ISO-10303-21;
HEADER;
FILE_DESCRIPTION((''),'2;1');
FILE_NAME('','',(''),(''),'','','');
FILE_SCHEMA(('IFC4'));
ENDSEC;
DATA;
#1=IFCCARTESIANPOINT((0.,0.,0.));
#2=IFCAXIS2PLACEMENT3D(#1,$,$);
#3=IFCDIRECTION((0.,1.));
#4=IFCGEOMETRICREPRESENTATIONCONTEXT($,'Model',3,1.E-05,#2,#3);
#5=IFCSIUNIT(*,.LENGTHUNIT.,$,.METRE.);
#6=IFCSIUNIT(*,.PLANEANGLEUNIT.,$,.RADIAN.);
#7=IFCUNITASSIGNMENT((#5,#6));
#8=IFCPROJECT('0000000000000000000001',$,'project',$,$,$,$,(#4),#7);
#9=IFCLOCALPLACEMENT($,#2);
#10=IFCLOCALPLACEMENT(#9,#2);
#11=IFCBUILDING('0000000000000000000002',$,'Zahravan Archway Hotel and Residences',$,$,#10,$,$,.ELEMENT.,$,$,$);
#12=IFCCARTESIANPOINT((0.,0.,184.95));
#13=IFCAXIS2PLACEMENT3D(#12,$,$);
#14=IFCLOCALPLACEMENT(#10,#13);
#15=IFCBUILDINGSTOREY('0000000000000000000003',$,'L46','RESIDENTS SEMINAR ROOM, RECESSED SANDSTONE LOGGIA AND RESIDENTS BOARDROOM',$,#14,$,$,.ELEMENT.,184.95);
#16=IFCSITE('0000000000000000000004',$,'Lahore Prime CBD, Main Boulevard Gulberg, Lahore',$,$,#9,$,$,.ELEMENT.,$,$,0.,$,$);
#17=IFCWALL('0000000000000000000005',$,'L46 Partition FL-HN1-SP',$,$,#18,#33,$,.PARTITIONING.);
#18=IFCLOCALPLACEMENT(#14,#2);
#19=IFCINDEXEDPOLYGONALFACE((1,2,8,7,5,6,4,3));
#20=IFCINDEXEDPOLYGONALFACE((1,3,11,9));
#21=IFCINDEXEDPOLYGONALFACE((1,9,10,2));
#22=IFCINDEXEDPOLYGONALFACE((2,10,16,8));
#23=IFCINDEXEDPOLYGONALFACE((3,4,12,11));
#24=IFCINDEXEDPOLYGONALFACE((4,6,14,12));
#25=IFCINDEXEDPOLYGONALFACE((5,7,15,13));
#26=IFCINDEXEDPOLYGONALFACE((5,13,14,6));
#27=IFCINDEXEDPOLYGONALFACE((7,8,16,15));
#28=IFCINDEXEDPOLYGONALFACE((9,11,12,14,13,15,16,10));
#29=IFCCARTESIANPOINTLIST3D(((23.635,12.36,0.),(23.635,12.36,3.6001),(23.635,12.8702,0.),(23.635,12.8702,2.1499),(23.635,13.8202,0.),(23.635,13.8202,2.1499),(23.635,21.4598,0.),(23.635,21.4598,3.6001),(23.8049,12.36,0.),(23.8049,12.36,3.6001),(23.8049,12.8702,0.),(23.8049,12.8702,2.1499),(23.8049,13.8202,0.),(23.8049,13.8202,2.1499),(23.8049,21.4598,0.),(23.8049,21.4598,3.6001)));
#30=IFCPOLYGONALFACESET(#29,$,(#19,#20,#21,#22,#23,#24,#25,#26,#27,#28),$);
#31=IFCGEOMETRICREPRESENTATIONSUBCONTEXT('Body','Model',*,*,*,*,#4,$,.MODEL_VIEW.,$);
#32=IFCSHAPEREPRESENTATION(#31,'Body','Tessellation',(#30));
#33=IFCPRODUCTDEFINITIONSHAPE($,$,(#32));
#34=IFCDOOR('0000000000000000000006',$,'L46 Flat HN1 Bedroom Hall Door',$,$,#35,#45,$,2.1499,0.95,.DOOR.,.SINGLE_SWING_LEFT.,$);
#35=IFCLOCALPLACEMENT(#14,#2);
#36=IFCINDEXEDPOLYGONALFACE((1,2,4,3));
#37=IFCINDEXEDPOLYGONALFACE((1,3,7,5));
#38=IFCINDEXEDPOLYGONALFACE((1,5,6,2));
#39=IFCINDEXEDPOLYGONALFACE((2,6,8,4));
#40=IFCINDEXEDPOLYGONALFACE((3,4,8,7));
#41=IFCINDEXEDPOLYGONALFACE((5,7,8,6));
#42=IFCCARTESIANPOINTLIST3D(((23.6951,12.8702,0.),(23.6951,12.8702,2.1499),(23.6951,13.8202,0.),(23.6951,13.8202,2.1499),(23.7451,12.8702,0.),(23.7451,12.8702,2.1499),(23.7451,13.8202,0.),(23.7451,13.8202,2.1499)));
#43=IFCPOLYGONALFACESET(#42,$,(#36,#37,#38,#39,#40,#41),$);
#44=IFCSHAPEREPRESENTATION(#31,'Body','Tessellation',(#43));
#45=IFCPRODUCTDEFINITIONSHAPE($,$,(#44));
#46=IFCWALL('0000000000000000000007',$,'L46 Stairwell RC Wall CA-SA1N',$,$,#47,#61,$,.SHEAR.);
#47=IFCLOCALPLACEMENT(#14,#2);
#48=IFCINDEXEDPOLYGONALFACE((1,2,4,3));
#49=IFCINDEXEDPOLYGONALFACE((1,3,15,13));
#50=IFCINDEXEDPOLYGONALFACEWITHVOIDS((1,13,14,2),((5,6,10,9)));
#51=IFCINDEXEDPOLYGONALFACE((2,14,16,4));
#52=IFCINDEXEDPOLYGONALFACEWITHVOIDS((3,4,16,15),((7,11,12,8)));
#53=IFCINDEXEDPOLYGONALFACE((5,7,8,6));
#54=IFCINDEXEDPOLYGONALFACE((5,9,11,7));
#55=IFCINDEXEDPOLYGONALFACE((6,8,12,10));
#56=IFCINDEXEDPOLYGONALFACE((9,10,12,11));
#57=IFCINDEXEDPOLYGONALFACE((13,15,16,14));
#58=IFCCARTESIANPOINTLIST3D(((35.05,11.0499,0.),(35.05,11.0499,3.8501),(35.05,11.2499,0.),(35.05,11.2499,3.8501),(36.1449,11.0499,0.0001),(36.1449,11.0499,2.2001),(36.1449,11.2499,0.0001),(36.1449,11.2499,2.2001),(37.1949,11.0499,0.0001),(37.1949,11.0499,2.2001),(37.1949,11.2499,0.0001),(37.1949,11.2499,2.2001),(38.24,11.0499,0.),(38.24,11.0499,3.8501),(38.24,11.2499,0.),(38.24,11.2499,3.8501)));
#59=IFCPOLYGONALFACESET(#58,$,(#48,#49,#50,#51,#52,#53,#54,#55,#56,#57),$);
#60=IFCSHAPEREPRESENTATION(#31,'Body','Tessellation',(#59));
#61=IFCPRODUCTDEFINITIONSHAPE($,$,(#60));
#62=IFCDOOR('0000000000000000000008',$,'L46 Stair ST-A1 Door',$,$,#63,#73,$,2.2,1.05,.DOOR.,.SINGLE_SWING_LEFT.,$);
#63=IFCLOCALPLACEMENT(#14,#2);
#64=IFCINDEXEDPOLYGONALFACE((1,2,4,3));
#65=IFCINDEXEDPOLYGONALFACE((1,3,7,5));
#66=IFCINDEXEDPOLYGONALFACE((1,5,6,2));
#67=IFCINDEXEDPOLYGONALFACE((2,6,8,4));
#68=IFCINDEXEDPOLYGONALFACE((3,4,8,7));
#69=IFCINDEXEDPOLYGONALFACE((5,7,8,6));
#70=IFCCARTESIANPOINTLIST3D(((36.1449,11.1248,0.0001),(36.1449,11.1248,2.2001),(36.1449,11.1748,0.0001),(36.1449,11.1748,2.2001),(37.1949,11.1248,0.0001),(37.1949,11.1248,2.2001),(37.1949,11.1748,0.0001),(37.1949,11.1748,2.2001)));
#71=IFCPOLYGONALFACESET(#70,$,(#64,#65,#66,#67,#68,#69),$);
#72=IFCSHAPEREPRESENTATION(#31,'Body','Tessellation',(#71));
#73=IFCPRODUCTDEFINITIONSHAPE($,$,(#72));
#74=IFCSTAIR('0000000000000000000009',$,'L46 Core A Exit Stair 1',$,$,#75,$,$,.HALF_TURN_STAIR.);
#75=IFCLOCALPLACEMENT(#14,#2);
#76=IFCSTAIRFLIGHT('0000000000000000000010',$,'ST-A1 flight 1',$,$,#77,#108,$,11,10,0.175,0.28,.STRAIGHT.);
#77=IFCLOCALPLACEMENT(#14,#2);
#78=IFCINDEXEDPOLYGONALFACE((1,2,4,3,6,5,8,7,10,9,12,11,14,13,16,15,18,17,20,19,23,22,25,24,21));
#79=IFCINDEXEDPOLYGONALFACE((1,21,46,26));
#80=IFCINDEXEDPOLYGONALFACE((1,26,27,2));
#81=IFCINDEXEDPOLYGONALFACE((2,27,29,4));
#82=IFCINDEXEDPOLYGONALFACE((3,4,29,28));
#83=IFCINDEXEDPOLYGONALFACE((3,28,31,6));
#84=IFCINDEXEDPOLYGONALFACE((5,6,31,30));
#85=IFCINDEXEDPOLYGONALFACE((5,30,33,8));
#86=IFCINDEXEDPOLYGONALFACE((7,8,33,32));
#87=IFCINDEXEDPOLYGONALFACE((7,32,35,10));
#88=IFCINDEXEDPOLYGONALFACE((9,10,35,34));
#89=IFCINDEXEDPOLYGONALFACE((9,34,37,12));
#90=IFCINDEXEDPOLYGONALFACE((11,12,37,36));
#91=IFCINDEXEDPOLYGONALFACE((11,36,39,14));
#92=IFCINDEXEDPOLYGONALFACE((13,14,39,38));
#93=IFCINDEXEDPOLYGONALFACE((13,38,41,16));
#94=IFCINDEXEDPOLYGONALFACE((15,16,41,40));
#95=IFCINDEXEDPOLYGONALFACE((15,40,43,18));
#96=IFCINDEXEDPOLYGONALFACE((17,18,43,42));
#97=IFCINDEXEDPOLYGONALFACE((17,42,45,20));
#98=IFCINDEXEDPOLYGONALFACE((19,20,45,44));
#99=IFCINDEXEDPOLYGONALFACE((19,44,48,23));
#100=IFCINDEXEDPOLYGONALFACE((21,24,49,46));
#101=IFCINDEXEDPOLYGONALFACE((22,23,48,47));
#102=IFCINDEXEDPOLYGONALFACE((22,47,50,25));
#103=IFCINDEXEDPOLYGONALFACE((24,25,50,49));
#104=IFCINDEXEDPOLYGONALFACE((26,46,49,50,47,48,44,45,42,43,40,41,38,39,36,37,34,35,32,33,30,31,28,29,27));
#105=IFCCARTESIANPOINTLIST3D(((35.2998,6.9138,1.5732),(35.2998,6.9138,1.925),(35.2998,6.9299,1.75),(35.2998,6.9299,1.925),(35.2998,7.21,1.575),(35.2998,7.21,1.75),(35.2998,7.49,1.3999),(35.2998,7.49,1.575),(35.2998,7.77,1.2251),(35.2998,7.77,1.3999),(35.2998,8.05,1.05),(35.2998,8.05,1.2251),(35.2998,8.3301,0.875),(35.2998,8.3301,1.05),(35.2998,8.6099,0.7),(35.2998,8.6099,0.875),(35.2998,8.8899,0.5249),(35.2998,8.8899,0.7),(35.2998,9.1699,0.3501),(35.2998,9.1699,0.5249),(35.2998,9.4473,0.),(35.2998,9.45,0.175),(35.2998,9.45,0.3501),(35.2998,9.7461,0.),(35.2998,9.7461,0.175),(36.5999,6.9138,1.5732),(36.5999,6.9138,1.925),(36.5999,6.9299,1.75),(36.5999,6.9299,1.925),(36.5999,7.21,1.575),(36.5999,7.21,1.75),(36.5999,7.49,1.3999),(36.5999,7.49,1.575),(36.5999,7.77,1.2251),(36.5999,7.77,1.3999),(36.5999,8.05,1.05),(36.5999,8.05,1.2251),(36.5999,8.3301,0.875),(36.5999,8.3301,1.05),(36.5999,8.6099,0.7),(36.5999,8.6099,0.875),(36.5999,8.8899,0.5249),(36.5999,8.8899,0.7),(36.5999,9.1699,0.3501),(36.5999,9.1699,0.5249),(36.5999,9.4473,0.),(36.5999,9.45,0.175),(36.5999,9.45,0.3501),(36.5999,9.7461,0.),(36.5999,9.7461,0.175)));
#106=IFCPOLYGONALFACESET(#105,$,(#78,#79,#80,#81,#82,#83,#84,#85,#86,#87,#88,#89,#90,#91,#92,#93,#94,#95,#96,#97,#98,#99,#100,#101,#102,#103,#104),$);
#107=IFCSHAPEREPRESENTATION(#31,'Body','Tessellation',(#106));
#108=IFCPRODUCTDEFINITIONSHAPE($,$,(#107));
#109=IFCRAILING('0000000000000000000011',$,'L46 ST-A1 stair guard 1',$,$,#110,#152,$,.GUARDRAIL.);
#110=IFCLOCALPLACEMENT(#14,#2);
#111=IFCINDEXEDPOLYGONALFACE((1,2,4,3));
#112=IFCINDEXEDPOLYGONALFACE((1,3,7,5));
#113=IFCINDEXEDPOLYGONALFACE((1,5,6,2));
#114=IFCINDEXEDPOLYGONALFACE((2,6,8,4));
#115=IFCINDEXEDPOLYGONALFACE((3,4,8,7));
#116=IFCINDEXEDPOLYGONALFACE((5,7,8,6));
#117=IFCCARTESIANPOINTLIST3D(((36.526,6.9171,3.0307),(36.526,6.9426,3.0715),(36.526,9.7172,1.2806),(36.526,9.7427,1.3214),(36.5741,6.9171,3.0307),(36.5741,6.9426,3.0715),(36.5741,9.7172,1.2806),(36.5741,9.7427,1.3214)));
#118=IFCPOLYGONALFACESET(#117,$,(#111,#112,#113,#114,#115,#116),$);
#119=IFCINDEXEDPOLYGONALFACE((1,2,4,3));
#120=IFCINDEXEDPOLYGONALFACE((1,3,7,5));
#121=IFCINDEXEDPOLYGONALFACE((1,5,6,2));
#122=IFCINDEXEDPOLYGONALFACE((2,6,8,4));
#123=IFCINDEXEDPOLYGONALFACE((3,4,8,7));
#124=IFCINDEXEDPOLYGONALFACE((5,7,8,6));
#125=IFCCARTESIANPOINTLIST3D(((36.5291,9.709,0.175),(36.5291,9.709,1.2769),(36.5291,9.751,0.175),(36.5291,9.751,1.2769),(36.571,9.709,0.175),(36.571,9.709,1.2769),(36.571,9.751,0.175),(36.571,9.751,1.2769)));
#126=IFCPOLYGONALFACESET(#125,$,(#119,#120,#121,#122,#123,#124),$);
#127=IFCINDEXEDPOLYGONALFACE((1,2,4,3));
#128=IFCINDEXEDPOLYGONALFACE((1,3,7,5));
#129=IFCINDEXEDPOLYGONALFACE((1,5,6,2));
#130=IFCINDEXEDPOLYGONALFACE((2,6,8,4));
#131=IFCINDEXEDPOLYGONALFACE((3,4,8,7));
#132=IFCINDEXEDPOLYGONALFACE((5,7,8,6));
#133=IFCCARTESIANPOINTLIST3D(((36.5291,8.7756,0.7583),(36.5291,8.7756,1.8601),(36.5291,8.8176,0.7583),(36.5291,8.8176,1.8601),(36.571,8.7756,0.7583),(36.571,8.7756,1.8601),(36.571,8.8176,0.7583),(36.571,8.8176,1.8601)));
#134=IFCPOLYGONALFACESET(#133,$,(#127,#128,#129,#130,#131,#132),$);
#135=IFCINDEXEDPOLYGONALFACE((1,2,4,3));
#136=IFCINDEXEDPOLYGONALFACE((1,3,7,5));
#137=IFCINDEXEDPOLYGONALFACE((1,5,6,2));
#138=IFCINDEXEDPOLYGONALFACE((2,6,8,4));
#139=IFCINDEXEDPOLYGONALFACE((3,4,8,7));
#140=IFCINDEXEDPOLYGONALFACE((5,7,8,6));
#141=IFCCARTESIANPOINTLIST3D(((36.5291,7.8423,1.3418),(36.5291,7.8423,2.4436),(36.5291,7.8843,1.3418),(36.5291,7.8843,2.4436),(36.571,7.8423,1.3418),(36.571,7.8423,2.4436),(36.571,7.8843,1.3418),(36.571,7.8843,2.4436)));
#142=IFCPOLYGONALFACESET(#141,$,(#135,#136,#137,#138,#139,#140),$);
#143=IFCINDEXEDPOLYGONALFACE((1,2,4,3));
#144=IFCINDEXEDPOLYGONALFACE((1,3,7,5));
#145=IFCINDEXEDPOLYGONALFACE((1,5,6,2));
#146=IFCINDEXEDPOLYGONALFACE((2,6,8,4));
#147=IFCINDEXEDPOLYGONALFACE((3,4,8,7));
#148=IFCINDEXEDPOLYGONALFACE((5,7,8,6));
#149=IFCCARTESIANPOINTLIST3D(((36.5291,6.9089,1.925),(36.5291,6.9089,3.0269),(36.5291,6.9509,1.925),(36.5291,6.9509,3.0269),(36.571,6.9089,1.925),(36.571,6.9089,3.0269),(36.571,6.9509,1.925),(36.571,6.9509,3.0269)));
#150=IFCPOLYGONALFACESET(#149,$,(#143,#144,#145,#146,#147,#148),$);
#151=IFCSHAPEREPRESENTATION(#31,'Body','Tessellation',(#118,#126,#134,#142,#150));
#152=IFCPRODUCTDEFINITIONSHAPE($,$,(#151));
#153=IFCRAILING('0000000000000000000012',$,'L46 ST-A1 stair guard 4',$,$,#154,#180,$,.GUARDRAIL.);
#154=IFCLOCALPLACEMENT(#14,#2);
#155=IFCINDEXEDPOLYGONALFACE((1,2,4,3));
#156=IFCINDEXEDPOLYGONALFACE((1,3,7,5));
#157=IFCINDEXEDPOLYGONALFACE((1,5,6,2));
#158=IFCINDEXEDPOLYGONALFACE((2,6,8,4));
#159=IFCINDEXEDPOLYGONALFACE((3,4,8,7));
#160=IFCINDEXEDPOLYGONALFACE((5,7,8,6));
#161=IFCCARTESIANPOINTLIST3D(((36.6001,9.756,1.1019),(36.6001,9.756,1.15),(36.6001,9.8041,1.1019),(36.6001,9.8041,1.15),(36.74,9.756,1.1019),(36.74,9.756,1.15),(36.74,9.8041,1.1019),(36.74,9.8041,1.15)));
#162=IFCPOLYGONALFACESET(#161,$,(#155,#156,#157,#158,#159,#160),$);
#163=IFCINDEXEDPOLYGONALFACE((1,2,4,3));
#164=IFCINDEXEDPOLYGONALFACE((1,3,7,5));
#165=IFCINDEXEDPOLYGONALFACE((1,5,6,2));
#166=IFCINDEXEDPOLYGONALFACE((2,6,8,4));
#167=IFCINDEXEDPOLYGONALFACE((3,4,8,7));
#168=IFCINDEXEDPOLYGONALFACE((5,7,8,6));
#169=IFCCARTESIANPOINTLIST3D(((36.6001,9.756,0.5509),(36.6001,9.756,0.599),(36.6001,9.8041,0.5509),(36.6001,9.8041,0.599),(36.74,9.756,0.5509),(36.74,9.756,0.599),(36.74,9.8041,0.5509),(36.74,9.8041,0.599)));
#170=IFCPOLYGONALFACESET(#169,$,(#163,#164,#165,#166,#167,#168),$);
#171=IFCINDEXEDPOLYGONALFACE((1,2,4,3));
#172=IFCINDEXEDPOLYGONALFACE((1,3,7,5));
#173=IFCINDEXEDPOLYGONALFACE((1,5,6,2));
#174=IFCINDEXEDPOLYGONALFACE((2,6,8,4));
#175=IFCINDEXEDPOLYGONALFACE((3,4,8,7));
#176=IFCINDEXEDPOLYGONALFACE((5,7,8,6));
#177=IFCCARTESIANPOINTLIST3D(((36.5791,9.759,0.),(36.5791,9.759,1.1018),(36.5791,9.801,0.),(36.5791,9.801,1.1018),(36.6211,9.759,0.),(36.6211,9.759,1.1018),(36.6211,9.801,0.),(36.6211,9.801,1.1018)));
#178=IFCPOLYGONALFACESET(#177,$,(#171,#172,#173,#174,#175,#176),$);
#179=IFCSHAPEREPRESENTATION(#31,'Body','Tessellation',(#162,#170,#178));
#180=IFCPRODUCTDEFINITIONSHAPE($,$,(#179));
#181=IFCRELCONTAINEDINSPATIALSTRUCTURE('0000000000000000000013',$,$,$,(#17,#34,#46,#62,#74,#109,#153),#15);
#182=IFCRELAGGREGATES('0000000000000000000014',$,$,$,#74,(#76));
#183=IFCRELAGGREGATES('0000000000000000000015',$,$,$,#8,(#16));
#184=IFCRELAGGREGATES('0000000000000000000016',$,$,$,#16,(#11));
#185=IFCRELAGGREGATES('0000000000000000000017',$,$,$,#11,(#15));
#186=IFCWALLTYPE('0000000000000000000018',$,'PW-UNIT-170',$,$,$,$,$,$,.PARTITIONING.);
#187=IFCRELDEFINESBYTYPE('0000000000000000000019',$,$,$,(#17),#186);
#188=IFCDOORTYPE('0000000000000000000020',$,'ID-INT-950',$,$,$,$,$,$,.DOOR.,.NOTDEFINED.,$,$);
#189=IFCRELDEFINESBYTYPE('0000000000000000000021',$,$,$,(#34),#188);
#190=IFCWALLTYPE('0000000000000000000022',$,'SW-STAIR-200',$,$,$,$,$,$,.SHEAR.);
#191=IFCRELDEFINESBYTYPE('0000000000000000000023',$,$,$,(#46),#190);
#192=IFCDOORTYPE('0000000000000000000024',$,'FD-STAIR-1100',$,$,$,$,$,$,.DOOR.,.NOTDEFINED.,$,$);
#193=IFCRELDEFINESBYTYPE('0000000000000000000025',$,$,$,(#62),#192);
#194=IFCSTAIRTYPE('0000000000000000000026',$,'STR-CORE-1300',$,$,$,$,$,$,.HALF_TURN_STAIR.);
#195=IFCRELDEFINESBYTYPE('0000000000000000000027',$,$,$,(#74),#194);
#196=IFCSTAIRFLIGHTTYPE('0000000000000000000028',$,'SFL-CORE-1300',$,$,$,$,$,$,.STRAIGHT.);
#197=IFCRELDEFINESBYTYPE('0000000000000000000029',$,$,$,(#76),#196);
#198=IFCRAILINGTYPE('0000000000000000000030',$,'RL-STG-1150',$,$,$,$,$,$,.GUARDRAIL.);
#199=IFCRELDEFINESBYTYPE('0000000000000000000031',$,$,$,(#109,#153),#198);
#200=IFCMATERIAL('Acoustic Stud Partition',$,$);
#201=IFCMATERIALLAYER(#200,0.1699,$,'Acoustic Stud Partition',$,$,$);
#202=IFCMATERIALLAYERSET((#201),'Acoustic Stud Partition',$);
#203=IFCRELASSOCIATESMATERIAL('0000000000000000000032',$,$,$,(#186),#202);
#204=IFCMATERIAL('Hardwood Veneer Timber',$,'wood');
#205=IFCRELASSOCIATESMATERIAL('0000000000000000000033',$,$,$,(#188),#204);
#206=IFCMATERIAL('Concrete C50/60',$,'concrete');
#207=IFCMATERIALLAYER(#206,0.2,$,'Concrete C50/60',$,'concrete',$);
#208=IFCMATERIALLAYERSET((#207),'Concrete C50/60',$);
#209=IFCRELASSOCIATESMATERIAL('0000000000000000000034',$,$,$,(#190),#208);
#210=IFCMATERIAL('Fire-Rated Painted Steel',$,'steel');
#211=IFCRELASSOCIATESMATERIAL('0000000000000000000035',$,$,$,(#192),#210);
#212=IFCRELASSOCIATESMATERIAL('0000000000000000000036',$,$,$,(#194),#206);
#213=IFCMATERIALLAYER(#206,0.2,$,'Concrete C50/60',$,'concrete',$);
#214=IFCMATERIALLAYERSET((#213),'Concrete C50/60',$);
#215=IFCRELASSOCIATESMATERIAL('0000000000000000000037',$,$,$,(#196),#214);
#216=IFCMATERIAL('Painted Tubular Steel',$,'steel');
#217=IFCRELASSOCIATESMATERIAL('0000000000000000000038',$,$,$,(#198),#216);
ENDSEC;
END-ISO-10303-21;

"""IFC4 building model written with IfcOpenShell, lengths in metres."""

from ifc_helpers import new_model, si_unit, direction, frame, frame_2d, origin, origin_2d, place, context, subcontext, project, spatial, polyline, rectangle, outline, extrude, source, transform, mapped, material, layer, layer_set, type_object, type_shapes, element, fill, aggregate, save


model = new_model("IFC4")

# Units and contexts
model_context = context("Model", 3, precision=1e-05, world=origin(), true_north=direction((0.0, 1.0)))
body_context = subcontext(model_context, "Body", "Model", "MODEL_VIEW")
ifc_project = project(units=[si_unit("LENGTHUNIT", "METRE"), si_unit("PLANEANGLEUNIT", "RADIAN")], contexts=[model_context])

# Site, building, storey
site_placement = place(None, origin())
site = spatial("IfcSite", under=ifc_project, at=site_placement, Name="Lahore Prime CBD, Main Boulevard Gulberg, Lahore", CompositionType="ELEMENT", RefElevation=0.0)
building_placement = place(site_placement, origin())
building = spatial("IfcBuilding", under=site, at=building_placement, Name="Zahravan Archway Hotel and Residences", CompositionType="ELEMENT")
storey_placement = place(building_placement, frame((0.0, 0.0, 184.95)))
storey = spatial("IfcBuildingStorey", under=building, at=storey_placement, Name="L46", Description="RESIDENTS SEMINAR ROOM, RECESSED SANDSTONE LOGGIA AND RESIDENTS BOARDROOM", CompositionType="ELEMENT", Elevation=184.95)

# Walls, openings, doors
ifc_material_1 = material(Name="Acoustic Stud Partition")
ifc_layer_1 = layer(ifc_material_1, 0.1699, Name="Acoustic Stud Partition")
ifc_layer_set_1 = layer_set([ifc_layer_1], Name="Acoustic Stud Partition")
wall_type_1 = type_object("IfcWallType", Name="PW-UNIT-170", PredefinedType="PARTITIONING", material=ifc_layer_set_1)
wall_1_placement = place(storey_placement, frame((23.72, 12.3601, 0.0), z_axis=(0.0, 0.0, 1.0), x_axis=(0.0, 1.0, 0.0)))
wall_1 = element("IfcWall", 1, at=wall_1_placement, inside=storey, type_object=wall_type_1, Name="L46 Partition FL-HN1-SP", PredefinedType="PARTITIONING", context=body_context, shape_type="SweptSolid", body=[
    extrude(rectangle(XDim=9.0999, YDim=0.1699, at=frame_2d((4.5498, 0.0))), origin(), (0.0, 0.0, 1.0), 3.6001),
])
opening_1_placement = place(wall_1_placement, frame((0.51, 0.0, 0.0)))
opening_1 = element("IfcOpeningElement", 2, at=opening_1_placement, cuts=wall_1, PredefinedType="OPENING", context=body_context, shape_type="SweptSolid", body=[
    extrude(rectangle(XDim=0.95, YDim=2.1499, at=frame_2d((0.4751, 1.075))), frame((0.0, 0.095, 0.0), z_axis=(0.0, -1.0, 0.0), x_axis=(1.0, 0.0, 0.0)), (0.0, 0.0, 1.0), 0.1899),
])
ifc_material_2 = material(Name="Hardwood Veneer Timber", Category="wood")
door_type_1 = type_object("IfcDoorType", Name="ID-INT-950", OperationType="NOTDEFINED", PredefinedType="DOOR", material=ifc_material_2)
shared_shape_1 = source(origin(), body_context, "Body", "SweptSolid", [
    extrude(rectangle(XDim=0.95, YDim=2.1499, at=frame_2d((0.4751, 1.075))), frame((0.0, 0.0249, 0.0), z_axis=(0.0, -1.0, 0.0), x_axis=(1.0, 0.0, 0.0)), (0.0, 0.0, 1.0), 0.05),
])
type_shapes(door_type_1, [shared_shape_1])
door_1_placement = place(opening_1_placement, origin())
door_1 = element("IfcDoor", 3, at=door_1_placement, inside=storey, type_object=door_type_1, Name="L46 Flat HN1 Bedroom Hall Door", OperationType="SINGLE_SWING_LEFT", OverallHeight=2.1499, OverallWidth=0.95, PredefinedType="DOOR", context=body_context, shape_type="MappedRepresentation", body=[
    mapped(shared_shape_1, transform((0.0, 0.0, 0.0), scale=1.0)),
])
fill(opening_1, door_1)
ifc_material_3 = material(Name="Concrete C50/60", Category="concrete")
ifc_layer_2 = layer(ifc_material_3, 0.2, Name="Concrete C50/60", Category="concrete")
ifc_layer_set_2 = layer_set([ifc_layer_2], Name="Concrete C50/60")
wall_type_2 = type_object("IfcWallType", Name="SW-STAIR-200", PredefinedType="SHEAR", material=ifc_layer_set_2)
wall_2_placement = place(storey_placement, frame((35.05, 11.1499, 0.0), z_axis=(0.0, 0.0, 1.0), x_axis=(1.0, 0.0, 0.0)))
wall_2 = element("IfcWall", 4, at=wall_2_placement, inside=storey, type_object=wall_type_2, Name="L46 Stairwell RC Wall CA-SA1N", PredefinedType="SHEAR", context=body_context, shape_type="SweptSolid", body=[
    extrude(rectangle(XDim=3.1899, YDim=0.2, at=frame_2d((1.595, 0.0))), origin(), (0.0, 0.0, 1.0), 3.8501),
])
opening_2_placement = place(wall_2_placement, frame((1.095, 0.0, 0.0)))
opening_2 = element("IfcOpeningElement", 5, at=opening_2_placement, cuts=wall_2, PredefinedType="OPENING", context=body_context, shape_type="SweptSolid", body=[
    extrude(rectangle(XDim=1.05, YDim=2.2, at=frame_2d((0.5249, 1.1001))), frame((0.0, 0.1099, 0.0), z_axis=(0.0, -1.0, 0.0), x_axis=(1.0, 0.0, 0.0)), (0.0, 0.0, 1.0), 0.22),
])
ifc_material_4 = material(Name="Fire-Rated Painted Steel", Category="steel")
door_type_2 = type_object("IfcDoorType", Name="FD-STAIR-1100", OperationType="NOTDEFINED", PredefinedType="DOOR", material=ifc_material_4)
shared_shape_2 = source(origin(), body_context, "Body", "SweptSolid", [
    extrude(rectangle(XDim=1.05, YDim=2.2, at=frame_2d((0.5249, 1.1001))), frame((0.0, 0.0249, 0.0), z_axis=(0.0, -1.0, 0.0), x_axis=(1.0, 0.0, 0.0)), (0.0, 0.0, 1.0), 0.05),
])
type_shapes(door_type_2, [shared_shape_2])
door_2_placement = place(opening_2_placement, origin())
door_2 = element("IfcDoor", 6, at=door_2_placement, inside=storey, type_object=door_type_2, Name="L46 Stair ST-A1 Door", OperationType="SINGLE_SWING_LEFT", OverallHeight=2.2, OverallWidth=1.05, PredefinedType="DOOR", context=body_context, shape_type="MappedRepresentation", body=[
    mapped(shared_shape_2, transform((0.0, 0.0, 0.0), scale=1.0)),
])
fill(opening_2, door_2)

# Stair, stair flight
stair_type = type_object("IfcStairType", Name="STR-CORE-1300", PredefinedType="HALF_TURN_STAIR", material=ifc_material_3)
stair_placement = place(storey_placement, origin())
stair = element("IfcStair", 7, at=stair_placement, inside=storey, type_object=stair_type, Name="L46 Core A Exit Stair 1", PredefinedType="HALF_TURN_STAIR")
ifc_layer_3 = layer(ifc_material_3, 0.2, Name="Concrete C50/60", Category="concrete")
ifc_layer_set_3 = layer_set([ifc_layer_3], Name="Concrete C50/60")
stair_flight_type = type_object("IfcStairFlightType", Name="SFL-CORE-1300", PredefinedType="STRAIGHT", material=ifc_layer_set_3)
shared_shape_3 = source(origin(), body_context, "Body", "SweptSolid", [
    extrude(outline(polyline([(-0.0161, 0.0), (-0.0161, 0.175), (0.28, 0.175), (0.28, 0.3501), (0.5601, 0.3501), (0.5601, 0.5249), (0.8401, 0.5249), (0.8401, 0.7), (1.1201, 0.7), (1.1201, 0.875), (1.3999, 0.875), (1.3999, 1.05), (1.6799, 1.05), (1.6799, 1.2251), (1.96, 1.2251), (1.96, 1.3999), (2.24, 1.3999), (2.24, 1.575), (2.52, 1.575), (2.52, 1.75), (2.8, 1.75), (2.8, 1.925), (2.8162, 1.925), (2.8162, 1.5732), (0.2827, 0.0), (-0.0161, 0.0)])), frame((0.0, 0.6499, 0.0), z_axis=(0.0, -1.0, 0.0), x_axis=(1.0, 0.0, 0.0)), (0.0, 0.0, 1.0), 1.3),
])
stair_flight_placement = place(storey_placement, frame((35.95, 9.73, 0.0), z_axis=(0.0, 0.0, 1.0), x_axis=(0.0, -1.0, 0.0)))
stair_flight = element("IfcStairFlight", 8, at=stair_flight_placement, type_object=stair_flight_type, Name="ST-A1 flight 1", NumberOfRisers=11, NumberOfTreads=10, PredefinedType="STRAIGHT", RiserHeight=0.175, TreadLength=0.28, context=body_context, shape_type="MappedRepresentation", body=[
    mapped(shared_shape_3, transform((0.0, 0.0, 0.0), scale=1.0)),
])
aggregate(stair, [stair_flight])

# Railings
ifc_material_5 = material(Name="Painted Tubular Steel", Category="steel")
railing_type_1 = type_object("IfcRailingType", Name="RL-STG-1150", PredefinedType="GUARDRAIL", material=ifc_material_5)
railing_1_placement = place(storey_placement, frame((36.55, 9.73, 0.175)))
element("IfcRailing", 9, at=railing_1_placement, inside=storey, type_object=railing_type_1, Name="L46 ST-A1 stair guard 1", PredefinedType="GUARDRAIL", context=body_context, shape_type="SweptSolid", body=[
    extrude(rectangle(XDim=0.0481, YDim=0.0481, at=origin_2d()), frame((0.0, 0.0, 1.126), z_axis=(0.0, -0.848002, 0.529992), x_axis=(1.0, 0.0, 0.0)), (0.0, 0.0, 1.0), 3.302),
    extrude(rectangle(XDim=0.042, YDim=0.042, at=origin_2d()), origin(), (0.0, 0.0, 1.0), 1.1018),
    extrude(rectangle(XDim=0.042, YDim=0.042, at=origin_2d()), frame((0.0, -0.9333, 0.5833)), (0.0, 0.0, 1.0), 1.1018),
    extrude(rectangle(XDim=0.042, YDim=0.042, at=origin_2d()), frame((0.0, -1.8667, 1.1667)), (0.0, 0.0, 1.0), 1.1018),
    extrude(rectangle(XDim=0.042, YDim=0.042, at=origin_2d()), frame((0.0, -2.8, 1.75)), (0.0, 0.0, 1.0), 1.1018),
])
railing_2_placement = place(storey_placement, frame((36.6001, 9.78, 0.0)))
element("IfcRailing", 10, at=railing_2_placement, inside=storey, type_object=railing_type_1, Name="L46 ST-A1 stair guard 4", PredefinedType="GUARDRAIL", context=body_context, shape_type="SweptSolid", body=[
    extrude(rectangle(XDim=0.0481, YDim=0.0481, at=origin_2d()), frame((0.0, 0.0, 1.126), z_axis=(1.0, 0.0, 0.0), x_axis=(0.0, 1.0, 0.0)), (0.0, 0.0, 1.0), 0.1399),
    extrude(rectangle(XDim=0.0481, YDim=0.0481, at=origin_2d()), frame((0.0, 0.0, 0.575), z_axis=(1.0, 0.0, 0.0), x_axis=(0.0, 1.0, 0.0)), (0.0, 0.0, 1.0), 0.1399),
    extrude(rectangle(XDim=0.042, YDim=0.042, at=origin_2d()), origin(), (0.0, 0.0, 1.0), 1.1018),
])

save(model, "model.ifc")
